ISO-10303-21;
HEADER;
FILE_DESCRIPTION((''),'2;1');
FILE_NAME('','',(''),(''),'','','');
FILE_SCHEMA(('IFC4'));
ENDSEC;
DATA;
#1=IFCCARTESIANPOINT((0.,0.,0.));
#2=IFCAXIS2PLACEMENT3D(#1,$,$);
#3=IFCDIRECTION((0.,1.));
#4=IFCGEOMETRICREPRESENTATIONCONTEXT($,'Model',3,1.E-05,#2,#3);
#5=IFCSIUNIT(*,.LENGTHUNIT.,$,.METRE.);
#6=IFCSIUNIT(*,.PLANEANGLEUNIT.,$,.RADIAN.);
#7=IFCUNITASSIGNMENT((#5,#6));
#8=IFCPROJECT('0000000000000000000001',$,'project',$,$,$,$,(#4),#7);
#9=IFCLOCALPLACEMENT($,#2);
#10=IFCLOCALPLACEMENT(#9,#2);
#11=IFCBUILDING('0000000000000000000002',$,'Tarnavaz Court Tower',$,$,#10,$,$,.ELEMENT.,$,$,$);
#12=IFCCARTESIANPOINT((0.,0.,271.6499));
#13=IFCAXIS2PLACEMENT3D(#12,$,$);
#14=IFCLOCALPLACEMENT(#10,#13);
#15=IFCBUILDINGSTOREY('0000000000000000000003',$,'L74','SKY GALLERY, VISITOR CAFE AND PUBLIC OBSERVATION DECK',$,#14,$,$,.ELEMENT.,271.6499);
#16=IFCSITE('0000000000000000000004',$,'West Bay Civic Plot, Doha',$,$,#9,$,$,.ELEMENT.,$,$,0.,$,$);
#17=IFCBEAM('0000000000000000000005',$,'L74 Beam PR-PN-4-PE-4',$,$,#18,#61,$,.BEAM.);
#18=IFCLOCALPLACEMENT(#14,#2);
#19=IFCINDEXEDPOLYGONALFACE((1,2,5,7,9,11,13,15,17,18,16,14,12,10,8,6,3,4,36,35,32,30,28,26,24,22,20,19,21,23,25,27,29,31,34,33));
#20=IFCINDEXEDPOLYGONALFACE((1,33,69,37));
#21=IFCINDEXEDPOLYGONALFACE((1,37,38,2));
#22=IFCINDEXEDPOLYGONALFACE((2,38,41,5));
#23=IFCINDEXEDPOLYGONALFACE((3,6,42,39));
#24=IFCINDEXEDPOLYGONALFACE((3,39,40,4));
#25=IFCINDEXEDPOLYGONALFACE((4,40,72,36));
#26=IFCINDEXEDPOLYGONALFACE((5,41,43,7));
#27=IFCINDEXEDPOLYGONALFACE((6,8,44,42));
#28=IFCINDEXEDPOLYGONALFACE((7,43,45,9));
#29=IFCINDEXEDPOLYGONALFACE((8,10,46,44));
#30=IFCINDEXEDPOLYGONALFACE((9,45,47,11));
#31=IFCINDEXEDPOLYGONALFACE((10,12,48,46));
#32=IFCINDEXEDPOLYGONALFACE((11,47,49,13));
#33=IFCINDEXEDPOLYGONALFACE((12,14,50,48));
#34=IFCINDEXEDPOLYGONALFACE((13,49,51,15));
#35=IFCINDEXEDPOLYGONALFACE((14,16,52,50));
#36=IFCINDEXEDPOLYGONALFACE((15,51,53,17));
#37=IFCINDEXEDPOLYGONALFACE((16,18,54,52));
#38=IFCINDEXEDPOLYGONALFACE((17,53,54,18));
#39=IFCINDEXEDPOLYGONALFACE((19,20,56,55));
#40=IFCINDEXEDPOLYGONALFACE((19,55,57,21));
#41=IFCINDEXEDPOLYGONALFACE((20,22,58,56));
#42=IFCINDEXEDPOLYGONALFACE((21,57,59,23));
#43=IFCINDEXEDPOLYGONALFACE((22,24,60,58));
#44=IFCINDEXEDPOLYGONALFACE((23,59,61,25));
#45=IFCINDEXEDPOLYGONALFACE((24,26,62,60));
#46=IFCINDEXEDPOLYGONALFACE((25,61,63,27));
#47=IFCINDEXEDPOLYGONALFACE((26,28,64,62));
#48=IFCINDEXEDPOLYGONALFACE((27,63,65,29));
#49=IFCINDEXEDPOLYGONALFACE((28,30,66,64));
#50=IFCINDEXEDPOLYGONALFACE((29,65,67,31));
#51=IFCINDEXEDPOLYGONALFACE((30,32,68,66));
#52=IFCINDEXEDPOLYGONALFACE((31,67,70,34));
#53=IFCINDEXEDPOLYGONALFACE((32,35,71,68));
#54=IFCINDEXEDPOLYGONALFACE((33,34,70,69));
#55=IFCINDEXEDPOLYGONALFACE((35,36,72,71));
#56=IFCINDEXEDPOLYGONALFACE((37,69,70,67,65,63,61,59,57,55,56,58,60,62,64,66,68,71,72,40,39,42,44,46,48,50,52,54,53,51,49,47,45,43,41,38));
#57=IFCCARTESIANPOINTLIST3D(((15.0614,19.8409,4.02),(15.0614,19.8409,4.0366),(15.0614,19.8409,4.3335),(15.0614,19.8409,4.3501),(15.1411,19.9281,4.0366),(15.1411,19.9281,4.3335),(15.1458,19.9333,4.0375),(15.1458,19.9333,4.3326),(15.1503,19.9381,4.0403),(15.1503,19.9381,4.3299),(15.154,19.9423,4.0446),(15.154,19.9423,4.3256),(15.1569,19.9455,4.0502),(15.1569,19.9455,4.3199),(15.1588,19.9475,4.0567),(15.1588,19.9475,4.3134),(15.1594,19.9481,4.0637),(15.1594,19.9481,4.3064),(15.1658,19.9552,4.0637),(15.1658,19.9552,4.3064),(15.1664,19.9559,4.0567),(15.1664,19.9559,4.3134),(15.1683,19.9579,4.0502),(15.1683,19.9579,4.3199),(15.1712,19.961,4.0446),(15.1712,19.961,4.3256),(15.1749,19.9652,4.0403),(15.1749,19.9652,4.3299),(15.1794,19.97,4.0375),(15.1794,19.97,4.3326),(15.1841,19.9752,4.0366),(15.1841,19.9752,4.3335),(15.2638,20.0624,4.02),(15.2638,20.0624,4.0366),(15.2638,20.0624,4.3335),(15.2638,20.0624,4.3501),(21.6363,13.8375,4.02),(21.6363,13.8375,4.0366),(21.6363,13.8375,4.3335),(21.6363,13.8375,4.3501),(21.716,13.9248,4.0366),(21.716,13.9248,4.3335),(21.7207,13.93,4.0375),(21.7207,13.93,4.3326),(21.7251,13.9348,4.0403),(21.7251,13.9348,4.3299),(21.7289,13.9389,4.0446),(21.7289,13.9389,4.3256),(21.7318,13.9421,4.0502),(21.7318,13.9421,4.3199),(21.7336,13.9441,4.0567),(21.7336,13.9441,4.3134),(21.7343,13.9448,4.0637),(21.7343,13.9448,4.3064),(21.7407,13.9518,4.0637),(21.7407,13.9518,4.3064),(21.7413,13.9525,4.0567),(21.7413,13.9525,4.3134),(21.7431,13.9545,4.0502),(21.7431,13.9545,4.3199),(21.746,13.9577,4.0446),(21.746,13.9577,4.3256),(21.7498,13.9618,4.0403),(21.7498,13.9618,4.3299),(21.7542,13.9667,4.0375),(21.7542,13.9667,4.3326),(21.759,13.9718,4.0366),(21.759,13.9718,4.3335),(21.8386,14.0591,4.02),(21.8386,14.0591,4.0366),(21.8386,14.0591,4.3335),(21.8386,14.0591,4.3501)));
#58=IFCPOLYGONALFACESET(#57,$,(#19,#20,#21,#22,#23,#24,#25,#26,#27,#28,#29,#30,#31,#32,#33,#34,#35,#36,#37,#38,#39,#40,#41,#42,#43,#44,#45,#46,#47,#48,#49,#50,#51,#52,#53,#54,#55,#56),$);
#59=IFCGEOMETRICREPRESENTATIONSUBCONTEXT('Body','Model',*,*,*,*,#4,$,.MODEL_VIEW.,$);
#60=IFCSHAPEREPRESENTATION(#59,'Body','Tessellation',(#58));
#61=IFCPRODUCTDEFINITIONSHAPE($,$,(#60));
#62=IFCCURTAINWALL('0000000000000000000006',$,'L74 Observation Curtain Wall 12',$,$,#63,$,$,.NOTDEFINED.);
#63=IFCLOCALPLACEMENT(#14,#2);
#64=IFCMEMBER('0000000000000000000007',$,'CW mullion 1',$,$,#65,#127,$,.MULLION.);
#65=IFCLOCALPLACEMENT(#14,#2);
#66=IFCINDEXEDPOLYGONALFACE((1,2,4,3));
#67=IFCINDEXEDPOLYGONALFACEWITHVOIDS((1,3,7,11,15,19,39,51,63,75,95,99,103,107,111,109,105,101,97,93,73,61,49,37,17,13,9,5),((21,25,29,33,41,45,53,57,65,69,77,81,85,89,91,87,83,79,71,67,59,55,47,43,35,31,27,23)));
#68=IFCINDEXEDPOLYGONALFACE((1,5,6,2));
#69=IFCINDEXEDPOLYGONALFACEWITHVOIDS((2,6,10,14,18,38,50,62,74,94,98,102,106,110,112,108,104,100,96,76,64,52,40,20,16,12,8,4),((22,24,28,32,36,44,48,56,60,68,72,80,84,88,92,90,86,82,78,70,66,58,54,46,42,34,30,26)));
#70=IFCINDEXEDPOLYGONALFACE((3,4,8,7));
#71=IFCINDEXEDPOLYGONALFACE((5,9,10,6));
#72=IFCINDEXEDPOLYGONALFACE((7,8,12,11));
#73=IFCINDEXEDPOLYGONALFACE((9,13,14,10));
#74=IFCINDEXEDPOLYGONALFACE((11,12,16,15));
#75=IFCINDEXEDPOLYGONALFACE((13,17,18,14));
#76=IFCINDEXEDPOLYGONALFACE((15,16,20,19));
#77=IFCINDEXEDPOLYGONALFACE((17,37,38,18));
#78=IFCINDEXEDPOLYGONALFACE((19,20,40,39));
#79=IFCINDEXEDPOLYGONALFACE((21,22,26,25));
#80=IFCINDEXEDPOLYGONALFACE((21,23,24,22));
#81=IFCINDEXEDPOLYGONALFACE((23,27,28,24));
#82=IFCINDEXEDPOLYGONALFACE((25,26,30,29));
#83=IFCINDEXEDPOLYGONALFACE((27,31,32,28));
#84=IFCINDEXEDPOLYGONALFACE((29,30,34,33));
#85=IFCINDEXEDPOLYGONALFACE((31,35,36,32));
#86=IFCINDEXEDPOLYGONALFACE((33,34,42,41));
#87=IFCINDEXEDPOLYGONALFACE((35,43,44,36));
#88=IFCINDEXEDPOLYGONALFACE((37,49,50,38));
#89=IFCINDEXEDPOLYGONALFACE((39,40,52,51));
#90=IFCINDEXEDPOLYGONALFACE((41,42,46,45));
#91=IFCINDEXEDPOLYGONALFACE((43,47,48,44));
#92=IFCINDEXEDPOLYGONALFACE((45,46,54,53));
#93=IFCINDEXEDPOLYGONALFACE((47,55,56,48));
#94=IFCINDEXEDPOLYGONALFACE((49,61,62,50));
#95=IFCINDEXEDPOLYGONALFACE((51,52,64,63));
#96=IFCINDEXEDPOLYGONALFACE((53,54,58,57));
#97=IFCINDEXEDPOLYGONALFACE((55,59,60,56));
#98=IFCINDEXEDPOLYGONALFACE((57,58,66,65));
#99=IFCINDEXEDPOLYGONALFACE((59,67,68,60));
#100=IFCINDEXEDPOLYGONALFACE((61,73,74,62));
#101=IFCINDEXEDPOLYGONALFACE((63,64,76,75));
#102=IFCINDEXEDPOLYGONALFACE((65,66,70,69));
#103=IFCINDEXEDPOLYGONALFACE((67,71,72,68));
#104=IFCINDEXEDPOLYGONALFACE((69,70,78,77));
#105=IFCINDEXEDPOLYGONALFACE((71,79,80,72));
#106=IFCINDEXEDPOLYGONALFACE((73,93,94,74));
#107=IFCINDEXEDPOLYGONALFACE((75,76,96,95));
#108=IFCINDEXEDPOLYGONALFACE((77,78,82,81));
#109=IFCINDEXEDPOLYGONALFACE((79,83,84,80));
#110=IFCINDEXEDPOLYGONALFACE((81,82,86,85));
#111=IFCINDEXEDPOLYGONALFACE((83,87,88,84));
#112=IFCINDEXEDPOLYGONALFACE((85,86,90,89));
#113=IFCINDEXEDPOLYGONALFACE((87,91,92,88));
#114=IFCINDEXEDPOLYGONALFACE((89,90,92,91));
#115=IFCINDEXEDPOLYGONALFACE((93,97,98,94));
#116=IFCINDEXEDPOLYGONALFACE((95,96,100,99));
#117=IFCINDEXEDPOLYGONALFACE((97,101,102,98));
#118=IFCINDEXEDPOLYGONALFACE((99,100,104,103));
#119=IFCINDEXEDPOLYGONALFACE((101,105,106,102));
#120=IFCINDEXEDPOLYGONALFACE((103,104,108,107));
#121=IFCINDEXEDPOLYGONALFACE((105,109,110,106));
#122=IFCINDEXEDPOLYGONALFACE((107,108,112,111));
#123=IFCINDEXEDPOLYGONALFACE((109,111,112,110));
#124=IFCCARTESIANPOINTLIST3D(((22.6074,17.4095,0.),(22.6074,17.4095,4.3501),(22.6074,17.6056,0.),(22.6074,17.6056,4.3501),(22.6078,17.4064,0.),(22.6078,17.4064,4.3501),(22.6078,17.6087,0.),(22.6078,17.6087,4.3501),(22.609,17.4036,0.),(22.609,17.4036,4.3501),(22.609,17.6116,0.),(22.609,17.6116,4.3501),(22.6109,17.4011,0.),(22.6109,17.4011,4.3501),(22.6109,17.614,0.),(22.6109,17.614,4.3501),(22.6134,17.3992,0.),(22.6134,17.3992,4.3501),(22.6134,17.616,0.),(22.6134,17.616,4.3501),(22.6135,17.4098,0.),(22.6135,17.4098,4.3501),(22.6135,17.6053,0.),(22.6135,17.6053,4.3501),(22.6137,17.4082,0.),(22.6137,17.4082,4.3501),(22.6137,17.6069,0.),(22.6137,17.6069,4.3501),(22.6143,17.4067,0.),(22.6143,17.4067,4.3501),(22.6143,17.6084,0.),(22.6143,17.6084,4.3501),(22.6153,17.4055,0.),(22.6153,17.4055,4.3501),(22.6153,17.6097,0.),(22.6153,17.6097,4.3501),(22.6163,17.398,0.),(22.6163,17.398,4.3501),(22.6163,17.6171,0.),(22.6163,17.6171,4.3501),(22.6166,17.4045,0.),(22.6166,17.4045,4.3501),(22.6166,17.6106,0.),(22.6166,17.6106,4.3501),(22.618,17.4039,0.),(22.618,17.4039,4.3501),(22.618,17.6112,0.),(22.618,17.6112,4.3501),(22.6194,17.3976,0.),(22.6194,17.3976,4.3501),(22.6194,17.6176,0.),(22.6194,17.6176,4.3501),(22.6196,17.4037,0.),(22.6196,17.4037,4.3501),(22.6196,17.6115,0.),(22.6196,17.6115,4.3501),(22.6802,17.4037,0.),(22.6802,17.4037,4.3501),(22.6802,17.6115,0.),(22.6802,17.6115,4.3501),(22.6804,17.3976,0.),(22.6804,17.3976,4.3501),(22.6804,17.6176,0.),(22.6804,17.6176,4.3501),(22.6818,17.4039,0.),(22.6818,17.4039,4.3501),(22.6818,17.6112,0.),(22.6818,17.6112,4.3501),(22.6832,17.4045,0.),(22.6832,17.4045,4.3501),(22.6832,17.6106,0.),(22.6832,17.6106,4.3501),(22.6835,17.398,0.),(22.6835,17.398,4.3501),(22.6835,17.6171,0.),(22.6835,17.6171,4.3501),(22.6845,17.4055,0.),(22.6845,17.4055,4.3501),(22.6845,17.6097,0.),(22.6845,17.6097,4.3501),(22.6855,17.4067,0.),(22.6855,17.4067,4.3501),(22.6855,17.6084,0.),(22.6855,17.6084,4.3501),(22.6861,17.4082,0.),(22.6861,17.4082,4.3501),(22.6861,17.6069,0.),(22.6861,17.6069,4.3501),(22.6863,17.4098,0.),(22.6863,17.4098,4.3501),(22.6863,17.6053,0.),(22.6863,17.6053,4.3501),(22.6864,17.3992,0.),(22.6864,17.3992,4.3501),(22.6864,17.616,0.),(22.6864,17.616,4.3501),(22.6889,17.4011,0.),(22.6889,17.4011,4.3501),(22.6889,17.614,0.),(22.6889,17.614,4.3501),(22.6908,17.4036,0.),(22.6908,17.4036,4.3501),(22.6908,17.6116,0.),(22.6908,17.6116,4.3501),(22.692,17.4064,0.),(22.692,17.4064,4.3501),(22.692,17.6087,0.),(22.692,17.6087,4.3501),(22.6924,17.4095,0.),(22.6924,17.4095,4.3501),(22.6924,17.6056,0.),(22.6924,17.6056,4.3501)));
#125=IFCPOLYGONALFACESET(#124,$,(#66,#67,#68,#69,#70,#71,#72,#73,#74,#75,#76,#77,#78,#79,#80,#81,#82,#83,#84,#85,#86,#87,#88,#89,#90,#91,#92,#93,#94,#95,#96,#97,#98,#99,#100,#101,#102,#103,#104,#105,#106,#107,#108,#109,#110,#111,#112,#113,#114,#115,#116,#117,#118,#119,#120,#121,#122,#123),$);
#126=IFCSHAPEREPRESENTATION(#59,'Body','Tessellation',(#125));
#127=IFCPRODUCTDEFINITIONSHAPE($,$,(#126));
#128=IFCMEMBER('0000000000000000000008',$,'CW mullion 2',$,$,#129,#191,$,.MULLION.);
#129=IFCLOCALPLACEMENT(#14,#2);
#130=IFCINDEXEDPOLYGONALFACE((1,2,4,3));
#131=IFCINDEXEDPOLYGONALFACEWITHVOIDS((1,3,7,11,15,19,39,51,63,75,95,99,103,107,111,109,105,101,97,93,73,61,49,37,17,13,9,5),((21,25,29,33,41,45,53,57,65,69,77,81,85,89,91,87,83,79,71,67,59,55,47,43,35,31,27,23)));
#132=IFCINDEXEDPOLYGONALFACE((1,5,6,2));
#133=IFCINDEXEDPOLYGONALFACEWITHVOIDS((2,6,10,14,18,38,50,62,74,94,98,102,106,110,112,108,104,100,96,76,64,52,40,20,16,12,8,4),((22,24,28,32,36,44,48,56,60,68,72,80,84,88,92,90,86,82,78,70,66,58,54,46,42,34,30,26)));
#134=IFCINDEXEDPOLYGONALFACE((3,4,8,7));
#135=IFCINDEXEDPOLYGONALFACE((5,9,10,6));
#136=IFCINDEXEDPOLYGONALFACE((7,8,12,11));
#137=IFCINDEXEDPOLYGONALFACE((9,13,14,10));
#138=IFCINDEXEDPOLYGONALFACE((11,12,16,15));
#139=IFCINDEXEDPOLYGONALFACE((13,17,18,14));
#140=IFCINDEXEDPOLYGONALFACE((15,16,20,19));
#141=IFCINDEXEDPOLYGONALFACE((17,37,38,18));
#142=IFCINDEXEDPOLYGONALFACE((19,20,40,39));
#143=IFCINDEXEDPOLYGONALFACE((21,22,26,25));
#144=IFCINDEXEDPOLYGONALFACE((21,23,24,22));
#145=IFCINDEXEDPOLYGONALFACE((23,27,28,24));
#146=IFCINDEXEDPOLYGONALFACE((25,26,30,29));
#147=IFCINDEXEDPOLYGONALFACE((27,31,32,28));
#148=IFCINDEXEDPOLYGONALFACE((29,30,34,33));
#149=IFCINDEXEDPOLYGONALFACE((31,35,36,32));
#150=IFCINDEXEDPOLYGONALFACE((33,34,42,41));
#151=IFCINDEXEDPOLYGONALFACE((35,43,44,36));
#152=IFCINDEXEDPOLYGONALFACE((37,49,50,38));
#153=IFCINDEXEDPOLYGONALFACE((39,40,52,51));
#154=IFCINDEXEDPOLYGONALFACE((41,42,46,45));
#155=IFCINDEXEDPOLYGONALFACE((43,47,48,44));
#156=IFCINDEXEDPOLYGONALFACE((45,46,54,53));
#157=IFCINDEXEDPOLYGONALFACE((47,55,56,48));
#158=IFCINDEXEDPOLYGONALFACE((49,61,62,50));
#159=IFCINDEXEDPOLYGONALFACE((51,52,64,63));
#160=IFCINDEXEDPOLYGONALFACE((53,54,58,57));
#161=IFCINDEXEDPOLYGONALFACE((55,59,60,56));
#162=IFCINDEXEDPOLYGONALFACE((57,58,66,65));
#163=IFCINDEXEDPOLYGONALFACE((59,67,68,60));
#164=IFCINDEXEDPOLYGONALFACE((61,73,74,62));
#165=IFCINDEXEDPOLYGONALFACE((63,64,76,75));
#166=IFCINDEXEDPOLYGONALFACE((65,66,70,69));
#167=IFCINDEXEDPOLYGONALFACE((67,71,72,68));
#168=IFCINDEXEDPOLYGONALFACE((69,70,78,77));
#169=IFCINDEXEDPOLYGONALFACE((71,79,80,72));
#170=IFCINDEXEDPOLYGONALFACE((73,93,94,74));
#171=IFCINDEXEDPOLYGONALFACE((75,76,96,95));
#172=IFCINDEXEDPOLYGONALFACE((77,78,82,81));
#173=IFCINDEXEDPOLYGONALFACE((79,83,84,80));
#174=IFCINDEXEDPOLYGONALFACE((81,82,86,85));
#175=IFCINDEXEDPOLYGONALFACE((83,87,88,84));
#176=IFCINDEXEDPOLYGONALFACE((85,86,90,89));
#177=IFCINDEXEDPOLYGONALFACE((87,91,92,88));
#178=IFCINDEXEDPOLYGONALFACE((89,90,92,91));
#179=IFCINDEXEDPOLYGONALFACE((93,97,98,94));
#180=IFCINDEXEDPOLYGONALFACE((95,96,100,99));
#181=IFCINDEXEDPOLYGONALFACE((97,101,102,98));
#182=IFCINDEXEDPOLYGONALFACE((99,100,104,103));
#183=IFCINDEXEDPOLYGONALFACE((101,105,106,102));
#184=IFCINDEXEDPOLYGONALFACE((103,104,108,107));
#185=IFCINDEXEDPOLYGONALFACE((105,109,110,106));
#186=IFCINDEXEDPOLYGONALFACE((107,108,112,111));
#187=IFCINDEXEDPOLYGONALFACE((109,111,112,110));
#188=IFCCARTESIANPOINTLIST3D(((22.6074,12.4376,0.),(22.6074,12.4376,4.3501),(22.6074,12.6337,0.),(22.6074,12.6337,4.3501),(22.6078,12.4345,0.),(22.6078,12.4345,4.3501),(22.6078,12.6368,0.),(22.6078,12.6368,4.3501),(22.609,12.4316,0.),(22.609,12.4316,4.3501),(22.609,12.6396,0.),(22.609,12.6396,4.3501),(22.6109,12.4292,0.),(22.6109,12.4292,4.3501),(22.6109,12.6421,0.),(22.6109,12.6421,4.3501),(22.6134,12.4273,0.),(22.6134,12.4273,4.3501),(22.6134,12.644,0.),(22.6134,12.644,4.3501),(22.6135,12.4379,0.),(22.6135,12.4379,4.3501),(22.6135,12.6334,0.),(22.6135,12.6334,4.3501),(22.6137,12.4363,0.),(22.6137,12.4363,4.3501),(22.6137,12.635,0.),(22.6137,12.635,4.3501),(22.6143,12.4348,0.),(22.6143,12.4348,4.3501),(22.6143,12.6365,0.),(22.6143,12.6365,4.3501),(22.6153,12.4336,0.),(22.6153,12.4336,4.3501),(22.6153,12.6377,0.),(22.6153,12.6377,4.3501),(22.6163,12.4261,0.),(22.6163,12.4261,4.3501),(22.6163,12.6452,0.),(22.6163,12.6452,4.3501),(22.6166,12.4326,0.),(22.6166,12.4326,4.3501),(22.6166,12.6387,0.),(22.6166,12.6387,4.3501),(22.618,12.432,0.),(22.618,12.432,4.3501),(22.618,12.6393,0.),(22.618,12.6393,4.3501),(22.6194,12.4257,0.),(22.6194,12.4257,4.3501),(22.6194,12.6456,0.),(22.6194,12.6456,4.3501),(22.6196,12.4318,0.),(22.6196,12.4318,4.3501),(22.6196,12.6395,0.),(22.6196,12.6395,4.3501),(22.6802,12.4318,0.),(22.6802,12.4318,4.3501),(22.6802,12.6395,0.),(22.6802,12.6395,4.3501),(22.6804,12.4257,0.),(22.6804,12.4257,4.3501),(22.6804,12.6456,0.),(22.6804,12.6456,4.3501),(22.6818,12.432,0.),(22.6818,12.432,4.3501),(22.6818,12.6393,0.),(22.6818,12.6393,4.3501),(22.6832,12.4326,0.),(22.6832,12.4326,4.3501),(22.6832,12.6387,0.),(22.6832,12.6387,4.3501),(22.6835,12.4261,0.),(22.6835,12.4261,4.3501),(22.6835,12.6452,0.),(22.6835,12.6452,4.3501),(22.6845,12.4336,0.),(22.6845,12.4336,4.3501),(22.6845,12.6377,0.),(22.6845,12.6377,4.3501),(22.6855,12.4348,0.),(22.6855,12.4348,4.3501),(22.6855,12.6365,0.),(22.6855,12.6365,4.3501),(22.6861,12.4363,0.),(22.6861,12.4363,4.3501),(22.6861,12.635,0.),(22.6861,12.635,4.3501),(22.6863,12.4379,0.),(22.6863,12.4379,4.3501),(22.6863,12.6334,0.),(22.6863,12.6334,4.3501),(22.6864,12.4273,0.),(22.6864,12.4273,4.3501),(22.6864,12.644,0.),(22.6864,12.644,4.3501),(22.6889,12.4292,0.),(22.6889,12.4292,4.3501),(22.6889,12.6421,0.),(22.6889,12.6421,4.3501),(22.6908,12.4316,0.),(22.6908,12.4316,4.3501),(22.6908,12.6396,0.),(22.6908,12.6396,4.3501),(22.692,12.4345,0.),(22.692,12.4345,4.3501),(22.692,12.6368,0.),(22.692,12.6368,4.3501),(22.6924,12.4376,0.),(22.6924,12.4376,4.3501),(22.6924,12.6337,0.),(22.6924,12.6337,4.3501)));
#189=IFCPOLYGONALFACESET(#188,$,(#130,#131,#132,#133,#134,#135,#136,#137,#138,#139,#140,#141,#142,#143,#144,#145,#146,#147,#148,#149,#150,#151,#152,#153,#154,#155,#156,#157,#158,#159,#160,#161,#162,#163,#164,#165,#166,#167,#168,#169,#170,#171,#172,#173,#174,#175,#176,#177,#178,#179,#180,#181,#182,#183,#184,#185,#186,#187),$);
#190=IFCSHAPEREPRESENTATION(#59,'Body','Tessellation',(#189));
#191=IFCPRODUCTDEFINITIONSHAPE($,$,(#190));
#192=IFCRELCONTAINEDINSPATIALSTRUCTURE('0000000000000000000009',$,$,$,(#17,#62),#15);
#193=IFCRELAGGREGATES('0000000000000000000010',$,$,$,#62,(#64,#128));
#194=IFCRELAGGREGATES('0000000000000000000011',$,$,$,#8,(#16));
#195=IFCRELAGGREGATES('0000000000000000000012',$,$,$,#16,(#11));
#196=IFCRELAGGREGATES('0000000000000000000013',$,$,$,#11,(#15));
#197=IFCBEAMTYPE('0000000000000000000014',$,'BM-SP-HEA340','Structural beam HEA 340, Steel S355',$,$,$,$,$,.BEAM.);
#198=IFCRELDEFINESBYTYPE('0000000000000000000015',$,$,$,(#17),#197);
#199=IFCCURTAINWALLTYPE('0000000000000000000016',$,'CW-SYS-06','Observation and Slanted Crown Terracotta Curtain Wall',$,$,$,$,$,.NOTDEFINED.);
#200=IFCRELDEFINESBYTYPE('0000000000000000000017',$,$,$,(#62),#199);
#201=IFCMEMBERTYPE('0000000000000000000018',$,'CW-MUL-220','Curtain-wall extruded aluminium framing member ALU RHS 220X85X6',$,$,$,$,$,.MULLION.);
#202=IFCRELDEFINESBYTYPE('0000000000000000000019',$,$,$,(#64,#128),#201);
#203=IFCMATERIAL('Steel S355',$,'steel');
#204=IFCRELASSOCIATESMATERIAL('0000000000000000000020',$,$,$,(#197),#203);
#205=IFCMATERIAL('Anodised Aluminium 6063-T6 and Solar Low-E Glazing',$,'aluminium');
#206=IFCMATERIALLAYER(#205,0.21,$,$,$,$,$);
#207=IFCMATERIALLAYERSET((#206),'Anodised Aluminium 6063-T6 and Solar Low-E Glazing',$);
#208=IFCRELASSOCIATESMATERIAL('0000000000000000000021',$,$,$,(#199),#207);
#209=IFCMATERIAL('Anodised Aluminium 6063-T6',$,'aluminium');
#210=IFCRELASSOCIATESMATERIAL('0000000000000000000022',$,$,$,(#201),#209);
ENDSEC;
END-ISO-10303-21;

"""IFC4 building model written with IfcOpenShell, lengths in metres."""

from ifc_helpers import new_model, si_unit, direction, frame, origin, origin_2d, place, context, subcontext, project, spatial, hollow_rectangle, i_section, extrude, material, layer, layer_set, material_profile, profile_set, type_object, element, aggregate, save


model = new_model("IFC4")

# Units and contexts
model_context = context("Model", 3, precision=1e-05, world=origin(), true_north=direction((0.0, 1.0)))
body_context = subcontext(model_context, "Body", "Model", "MODEL_VIEW")
ifc_project = project(units=[si_unit("LENGTHUNIT", "METRE"), si_unit("PLANEANGLEUNIT", "RADIAN")], contexts=[model_context])

# Site, building, storey
site_placement = place(None, origin())
site = spatial("IfcSite", under=ifc_project, at=site_placement, Name="West Bay Civic Plot, Doha", CompositionType="ELEMENT", RefElevation=0.0)
building_placement = place(site_placement, origin())
building = spatial("IfcBuilding", under=site, at=building_placement, Name="Tarnavaz Court Tower", CompositionType="ELEMENT")
storey_placement = place(building_placement, frame((0.0, 0.0, 271.6499)))
storey = spatial("IfcBuildingStorey", under=building, at=storey_placement, Name="L74", Description="SKY GALLERY, VISITOR CAFE AND PUBLIC OBSERVATION DECK", CompositionType="ELEMENT", Elevation=271.6499)

# Beam
ifc_material_1 = material(Name="Steel S355", Category="steel")
ifc_material_profile_1 = material_profile(ifc_material_1, i_section(OverallWidth=0.3, OverallDepth=0.3301, WebThickness=0.0095, FlangeThickness=0.0166, FilletRadius=0.0271, at=origin_2d()), Name="HEA 340")
ifc_profile_set_1 = profile_set([ifc_material_profile_1], Name="Steel S355")
beam_type_1 = type_object("IfcBeamType", Name="BM-SP-HEA340", Description="Structural beam HEA 340, Steel S355", PredefinedType="BEAM", material=ifc_profile_set_1)
beam_1_placement = place(storey_placement, frame((15.1626, 19.9517, 4.1851), z_axis=(0.738474, -0.674282, 0.0), x_axis=(0.674282, 0.738474, 0.0)))
element("IfcBeam", 1, at=beam_1_placement, inside=storey, type_object=beam_type_1, Name="L74 Beam PR-PN-4-PE-4", PredefinedType="BEAM", context=body_context, shape_type="SweptSolid", body=[
    extrude(i_section(OverallWidth=0.3, OverallDepth=0.3301, WebThickness=0.0095, FlangeThickness=0.0166, FilletRadius=0.0271, at=origin_2d()), origin(), (0.0, 0.0, 1.0), 8.9033),
])

# Curtain wall, members
ifc_material_2 = material(Name="Anodised Aluminium 6063-T6 and Solar Low-E Glazing", Category="aluminium")
ifc_layer_1 = layer(ifc_material_2, 0.21)
ifc_layer_set_1 = layer_set([ifc_layer_1], Name="Anodised Aluminium 6063-T6 and Solar Low-E Glazing")
curtain_wall_type = type_object("IfcCurtainWallType", Name="CW-SYS-06", Description="Observation and Slanted Crown Terracotta Curtain Wall", PredefinedType="NOTDEFINED", material=ifc_layer_set_1)
curtain_wall_placement = place(storey_placement, origin())
curtain_wall = element("IfcCurtainWall", 2, at=curtain_wall_placement, inside=storey, type_object=curtain_wall_type, Name="L74 Observation Curtain Wall 12", PredefinedType="NOTDEFINED")
ifc_material_3 = material(Name="Anodised Aluminium 6063-T6", Category="aluminium")
ifc_material_profile_2 = material_profile(ifc_material_3, hollow_rectangle(XDim=0.085, YDim=0.22, WallThickness=0.0061, InnerFilletRadius=0.0061, OuterFilletRadius=0.012, at=origin_2d()), Name="ALU RHS 220X85X6")
ifc_profile_set_2 = profile_set([ifc_material_profile_2], Name="Anodised Aluminium 6063-T6")
member_type_1 = type_object("IfcMemberType", Name="CW-MUL-220", Description="Curtain-wall extruded aluminium framing member ALU RHS 220X85X6", PredefinedType="MULLION", material=ifc_profile_set_2)
member_1_placement = place(storey_placement, frame((22.6499, 17.5076, 0.0), z_axis=(0.0, 0.0, 1.0), x_axis=(1.0, 0.0, 0.0)))
member_1 = element("IfcMember", 3, at=member_1_placement, type_object=member_type_1, Name="CW mullion 1", PredefinedType="MULLION", context=body_context, shape_type="SweptSolid", body=[
    extrude(hollow_rectangle(XDim=0.085, YDim=0.22, WallThickness=0.0061, InnerFilletRadius=0.0061, OuterFilletRadius=0.012, at=origin_2d()), origin(), (0.0, 0.0, 1.0), 4.3501),
])
member_2_placement = place(storey_placement, frame((22.6499, 12.5356, 0.0), z_axis=(0.0, 0.0, 1.0), x_axis=(1.0, 0.0, 0.0)))
member_2 = element("IfcMember", 4, at=member_2_placement, type_object=member_type_1, Name="CW mullion 2", PredefinedType="MULLION", context=body_context, shape_type="SweptSolid", body=[
    extrude(hollow_rectangle(XDim=0.085, YDim=0.22, WallThickness=0.0061, InnerFilletRadius=0.0061, OuterFilletRadius=0.012, at=origin_2d()), origin(), (0.0, 0.0, 1.0), 4.3501),
])
aggregate(curtain_wall, [member_1, member_2])

save(model, "model.ifc")
